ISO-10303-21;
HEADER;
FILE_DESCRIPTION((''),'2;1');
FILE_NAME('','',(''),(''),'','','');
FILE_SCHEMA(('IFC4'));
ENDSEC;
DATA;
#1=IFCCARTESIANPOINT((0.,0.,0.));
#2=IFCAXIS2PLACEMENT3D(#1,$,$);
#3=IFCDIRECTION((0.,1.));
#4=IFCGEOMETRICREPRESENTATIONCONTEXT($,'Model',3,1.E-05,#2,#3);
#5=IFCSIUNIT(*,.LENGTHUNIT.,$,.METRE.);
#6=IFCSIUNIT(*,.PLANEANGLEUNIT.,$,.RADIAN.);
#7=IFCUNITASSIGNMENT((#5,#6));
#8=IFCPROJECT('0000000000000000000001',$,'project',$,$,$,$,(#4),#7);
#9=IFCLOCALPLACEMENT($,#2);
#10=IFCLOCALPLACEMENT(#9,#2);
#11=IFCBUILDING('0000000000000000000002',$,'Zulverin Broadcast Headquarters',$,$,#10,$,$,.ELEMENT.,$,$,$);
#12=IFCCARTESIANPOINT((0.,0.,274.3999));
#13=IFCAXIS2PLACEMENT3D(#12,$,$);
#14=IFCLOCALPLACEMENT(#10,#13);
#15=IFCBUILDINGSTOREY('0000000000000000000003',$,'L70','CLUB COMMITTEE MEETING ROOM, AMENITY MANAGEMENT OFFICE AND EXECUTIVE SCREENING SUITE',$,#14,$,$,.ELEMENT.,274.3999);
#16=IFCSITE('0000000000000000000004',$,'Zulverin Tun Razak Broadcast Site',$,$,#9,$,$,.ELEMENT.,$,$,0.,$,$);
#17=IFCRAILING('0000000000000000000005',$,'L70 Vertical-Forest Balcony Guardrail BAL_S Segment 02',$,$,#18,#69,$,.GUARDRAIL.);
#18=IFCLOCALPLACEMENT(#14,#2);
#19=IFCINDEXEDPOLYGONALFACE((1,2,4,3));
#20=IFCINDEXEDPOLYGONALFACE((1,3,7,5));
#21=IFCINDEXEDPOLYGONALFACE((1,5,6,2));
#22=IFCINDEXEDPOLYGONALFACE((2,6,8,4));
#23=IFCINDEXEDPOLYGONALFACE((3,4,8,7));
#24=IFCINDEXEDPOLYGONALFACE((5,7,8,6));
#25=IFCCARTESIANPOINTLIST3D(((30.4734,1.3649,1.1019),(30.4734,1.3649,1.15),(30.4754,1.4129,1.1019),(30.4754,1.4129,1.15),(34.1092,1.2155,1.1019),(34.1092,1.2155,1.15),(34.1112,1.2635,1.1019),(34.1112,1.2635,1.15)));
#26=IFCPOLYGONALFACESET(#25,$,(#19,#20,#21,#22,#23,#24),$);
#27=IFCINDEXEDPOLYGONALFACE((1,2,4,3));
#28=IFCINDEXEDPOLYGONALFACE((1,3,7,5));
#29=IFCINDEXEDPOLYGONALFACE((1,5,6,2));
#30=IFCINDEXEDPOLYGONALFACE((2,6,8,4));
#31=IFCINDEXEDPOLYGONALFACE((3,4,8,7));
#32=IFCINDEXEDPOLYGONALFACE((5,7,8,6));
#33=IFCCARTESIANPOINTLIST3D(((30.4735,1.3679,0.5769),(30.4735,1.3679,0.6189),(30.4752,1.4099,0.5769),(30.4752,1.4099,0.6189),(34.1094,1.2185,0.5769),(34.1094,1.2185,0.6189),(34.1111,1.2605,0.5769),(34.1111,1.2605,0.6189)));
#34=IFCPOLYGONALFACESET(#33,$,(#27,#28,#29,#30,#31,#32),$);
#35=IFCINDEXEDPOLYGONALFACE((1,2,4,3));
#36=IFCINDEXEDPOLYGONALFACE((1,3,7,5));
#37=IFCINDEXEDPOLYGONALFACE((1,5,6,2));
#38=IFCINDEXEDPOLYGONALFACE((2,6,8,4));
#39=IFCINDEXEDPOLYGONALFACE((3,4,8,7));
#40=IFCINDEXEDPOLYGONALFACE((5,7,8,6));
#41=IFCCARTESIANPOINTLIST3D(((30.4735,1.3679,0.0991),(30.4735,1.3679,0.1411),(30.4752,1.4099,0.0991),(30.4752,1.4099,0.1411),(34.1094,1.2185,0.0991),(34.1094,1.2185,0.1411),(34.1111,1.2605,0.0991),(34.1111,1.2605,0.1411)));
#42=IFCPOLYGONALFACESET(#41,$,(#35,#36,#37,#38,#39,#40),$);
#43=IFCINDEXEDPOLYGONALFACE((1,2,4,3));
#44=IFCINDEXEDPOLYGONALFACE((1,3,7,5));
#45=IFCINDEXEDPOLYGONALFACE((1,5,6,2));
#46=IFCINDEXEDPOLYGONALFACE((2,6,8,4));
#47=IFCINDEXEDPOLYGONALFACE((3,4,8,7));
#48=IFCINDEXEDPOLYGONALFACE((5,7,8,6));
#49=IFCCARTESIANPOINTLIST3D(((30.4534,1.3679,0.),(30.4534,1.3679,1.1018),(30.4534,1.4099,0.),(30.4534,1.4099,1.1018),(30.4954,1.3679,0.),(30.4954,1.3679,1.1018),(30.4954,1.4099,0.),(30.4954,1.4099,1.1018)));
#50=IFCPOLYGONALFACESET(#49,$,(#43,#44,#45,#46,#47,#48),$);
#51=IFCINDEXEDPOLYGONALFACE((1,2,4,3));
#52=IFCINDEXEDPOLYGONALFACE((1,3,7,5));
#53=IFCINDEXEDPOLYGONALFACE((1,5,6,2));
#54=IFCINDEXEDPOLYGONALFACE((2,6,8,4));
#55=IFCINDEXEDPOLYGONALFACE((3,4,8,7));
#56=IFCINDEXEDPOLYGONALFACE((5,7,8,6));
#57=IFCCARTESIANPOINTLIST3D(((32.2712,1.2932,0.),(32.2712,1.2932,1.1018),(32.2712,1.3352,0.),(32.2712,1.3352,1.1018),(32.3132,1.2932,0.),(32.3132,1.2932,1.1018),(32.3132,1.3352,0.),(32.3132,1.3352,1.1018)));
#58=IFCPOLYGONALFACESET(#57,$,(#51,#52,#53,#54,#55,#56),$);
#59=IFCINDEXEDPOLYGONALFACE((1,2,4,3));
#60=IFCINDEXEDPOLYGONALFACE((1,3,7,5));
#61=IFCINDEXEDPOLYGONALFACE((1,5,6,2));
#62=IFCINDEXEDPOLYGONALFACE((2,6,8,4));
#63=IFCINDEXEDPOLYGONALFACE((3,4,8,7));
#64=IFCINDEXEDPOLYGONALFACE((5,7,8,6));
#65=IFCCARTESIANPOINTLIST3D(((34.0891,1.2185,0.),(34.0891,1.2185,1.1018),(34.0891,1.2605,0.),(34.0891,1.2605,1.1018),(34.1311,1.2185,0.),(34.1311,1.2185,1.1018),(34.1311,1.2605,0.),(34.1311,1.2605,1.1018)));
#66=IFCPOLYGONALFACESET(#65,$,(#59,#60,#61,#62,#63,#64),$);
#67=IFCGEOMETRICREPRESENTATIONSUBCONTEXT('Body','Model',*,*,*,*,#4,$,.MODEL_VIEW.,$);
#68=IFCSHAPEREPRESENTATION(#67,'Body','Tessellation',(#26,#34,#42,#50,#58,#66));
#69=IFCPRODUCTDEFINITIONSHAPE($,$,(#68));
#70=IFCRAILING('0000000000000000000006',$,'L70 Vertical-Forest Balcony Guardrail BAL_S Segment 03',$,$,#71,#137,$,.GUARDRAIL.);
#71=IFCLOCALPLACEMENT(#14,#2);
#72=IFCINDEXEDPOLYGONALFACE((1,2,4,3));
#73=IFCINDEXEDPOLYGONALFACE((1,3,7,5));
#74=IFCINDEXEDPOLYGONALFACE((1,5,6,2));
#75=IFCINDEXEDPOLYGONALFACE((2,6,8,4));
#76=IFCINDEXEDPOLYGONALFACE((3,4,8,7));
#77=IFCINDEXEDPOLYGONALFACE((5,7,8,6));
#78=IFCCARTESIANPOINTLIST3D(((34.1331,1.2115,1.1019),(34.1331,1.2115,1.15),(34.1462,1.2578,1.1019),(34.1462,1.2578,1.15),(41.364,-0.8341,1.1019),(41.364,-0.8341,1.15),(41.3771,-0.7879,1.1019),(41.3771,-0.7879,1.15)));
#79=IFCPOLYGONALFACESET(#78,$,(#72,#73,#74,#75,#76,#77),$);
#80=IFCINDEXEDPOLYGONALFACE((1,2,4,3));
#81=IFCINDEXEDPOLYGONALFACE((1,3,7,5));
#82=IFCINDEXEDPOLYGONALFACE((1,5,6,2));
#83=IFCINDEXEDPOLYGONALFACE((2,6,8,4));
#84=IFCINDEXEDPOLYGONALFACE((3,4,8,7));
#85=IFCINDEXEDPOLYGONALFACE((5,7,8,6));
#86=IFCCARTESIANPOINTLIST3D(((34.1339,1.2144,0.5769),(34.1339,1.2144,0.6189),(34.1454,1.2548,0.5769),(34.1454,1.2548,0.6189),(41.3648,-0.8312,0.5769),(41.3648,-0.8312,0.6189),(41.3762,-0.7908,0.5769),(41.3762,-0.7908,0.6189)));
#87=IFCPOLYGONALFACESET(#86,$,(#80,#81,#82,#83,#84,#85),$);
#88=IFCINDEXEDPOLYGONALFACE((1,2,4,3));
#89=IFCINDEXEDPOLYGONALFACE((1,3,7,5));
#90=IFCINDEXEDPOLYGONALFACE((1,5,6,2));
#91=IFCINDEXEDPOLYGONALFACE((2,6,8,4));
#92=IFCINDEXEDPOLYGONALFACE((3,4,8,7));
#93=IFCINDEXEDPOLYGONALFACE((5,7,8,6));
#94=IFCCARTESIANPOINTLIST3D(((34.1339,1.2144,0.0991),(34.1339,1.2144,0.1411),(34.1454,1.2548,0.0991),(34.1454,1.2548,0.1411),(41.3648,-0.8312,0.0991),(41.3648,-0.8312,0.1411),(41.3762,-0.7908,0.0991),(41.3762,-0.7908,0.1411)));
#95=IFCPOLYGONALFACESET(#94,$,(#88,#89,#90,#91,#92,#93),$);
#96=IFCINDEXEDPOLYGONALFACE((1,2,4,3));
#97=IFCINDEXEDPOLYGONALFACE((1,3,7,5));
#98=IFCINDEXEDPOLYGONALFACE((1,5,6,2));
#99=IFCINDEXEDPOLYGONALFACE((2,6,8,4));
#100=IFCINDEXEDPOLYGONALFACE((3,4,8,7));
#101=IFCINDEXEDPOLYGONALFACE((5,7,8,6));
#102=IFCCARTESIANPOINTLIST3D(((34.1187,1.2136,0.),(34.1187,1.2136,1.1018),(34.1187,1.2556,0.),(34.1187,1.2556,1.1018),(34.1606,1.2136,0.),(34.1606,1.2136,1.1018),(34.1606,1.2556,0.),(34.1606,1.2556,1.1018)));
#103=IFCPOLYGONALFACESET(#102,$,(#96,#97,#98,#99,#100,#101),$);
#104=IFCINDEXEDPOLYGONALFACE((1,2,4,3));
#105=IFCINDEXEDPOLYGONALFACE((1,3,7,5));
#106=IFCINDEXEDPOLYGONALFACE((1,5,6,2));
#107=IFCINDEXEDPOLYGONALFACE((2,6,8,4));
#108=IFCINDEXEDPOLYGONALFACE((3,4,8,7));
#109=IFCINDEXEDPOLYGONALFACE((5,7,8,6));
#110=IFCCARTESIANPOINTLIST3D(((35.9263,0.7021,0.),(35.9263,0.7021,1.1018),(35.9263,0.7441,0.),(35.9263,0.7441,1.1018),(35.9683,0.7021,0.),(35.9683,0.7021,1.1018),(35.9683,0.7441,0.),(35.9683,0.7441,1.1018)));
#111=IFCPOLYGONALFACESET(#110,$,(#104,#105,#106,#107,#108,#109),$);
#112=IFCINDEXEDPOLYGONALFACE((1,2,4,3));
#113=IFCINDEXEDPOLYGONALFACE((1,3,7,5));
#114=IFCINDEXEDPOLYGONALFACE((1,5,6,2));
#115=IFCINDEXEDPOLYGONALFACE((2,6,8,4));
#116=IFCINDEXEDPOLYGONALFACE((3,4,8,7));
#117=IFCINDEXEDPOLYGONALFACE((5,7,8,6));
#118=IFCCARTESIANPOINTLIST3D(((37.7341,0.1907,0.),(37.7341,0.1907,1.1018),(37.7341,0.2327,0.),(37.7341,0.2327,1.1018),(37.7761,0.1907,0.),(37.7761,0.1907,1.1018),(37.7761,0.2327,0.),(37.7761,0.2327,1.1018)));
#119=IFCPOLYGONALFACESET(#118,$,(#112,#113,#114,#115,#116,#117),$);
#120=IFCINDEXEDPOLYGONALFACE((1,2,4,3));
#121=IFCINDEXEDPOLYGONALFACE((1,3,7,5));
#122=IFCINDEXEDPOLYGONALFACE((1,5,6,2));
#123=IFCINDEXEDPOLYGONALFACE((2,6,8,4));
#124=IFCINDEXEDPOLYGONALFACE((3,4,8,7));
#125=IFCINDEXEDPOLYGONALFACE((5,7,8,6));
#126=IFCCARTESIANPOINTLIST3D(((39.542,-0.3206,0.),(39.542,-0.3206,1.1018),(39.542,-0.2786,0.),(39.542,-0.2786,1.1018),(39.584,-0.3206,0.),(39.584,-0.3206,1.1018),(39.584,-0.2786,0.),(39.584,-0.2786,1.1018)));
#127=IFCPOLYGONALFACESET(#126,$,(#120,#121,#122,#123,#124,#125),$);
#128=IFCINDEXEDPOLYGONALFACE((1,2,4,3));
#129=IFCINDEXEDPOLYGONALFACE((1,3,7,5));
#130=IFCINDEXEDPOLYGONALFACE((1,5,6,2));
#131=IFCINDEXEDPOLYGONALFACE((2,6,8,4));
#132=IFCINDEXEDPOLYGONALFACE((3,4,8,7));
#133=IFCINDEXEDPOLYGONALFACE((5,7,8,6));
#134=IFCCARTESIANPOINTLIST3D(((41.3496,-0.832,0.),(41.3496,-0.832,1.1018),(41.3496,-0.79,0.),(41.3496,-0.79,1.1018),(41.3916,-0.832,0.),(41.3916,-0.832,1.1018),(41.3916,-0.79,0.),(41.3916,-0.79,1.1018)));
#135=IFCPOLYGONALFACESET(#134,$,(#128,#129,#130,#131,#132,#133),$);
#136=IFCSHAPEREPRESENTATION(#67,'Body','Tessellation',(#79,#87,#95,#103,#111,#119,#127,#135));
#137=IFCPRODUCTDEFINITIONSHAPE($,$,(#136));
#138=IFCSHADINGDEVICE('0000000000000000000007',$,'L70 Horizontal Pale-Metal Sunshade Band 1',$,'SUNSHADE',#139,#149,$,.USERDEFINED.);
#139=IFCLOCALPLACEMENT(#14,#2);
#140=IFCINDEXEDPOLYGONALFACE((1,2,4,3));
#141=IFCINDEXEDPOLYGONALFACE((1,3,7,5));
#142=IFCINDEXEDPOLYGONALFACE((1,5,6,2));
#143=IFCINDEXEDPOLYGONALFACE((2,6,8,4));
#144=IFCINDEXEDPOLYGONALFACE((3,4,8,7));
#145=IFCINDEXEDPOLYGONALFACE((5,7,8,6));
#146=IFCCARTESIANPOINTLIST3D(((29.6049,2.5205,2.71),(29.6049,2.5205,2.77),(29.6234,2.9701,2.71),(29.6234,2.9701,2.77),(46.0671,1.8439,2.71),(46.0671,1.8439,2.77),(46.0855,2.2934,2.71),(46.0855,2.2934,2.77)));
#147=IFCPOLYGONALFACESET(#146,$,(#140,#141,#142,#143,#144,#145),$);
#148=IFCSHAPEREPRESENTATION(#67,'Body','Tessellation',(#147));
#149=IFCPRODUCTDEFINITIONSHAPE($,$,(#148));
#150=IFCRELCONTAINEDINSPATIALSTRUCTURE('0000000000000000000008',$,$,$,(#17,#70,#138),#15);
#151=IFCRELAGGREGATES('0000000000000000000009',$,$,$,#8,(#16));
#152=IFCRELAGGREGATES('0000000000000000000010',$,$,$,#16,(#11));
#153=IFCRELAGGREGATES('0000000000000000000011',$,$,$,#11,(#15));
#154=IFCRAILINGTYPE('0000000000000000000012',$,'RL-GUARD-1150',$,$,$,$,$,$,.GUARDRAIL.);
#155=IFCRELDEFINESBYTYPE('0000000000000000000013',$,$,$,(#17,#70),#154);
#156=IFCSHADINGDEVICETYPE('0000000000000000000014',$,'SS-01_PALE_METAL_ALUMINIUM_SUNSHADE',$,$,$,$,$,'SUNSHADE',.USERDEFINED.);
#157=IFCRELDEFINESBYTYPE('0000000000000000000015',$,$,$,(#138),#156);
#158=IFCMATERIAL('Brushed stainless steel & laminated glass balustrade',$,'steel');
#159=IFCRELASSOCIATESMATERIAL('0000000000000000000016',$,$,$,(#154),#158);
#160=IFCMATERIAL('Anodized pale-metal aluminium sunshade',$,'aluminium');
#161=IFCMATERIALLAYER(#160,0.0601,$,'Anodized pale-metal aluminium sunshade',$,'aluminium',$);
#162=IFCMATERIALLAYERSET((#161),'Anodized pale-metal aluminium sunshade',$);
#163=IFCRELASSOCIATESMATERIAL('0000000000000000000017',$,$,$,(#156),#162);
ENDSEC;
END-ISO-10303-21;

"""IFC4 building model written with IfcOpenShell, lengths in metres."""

from ifc_helpers import new_model, si_unit, direction, frame, origin, origin_2d, place, context, subcontext, project, spatial, rectangle, extrude, material, layer, layer_set, type_object, element, save


model = new_model("IFC4")

# Units and contexts
model_context = context("Model", 3, precision=1e-05, world=origin(), true_north=direction((0.0, 1.0)))
body_context = subcontext(model_context, "Body", "Model", "MODEL_VIEW")
ifc_project = project(units=[si_unit("LENGTHUNIT", "METRE"), si_unit("PLANEANGLEUNIT", "RADIAN")], contexts=[model_context])

# Site, building, storey
site_placement = place(None, origin())
site = spatial("IfcSite", under=ifc_project, at=site_placement, Name="Zulverin Tun Razak Broadcast Site", CompositionType="ELEMENT", RefElevation=0.0)
building_placement = place(site_placement, origin())
building = spatial("IfcBuilding", under=site, at=building_placement, Name="Zulverin Broadcast Headquarters", CompositionType="ELEMENT")
storey_placement = place(building_placement, frame((0.0, 0.0, 274.3999)))
storey = spatial("IfcBuildingStorey", under=building, at=storey_placement, Name="L70", Description="CLUB COMMITTEE MEETING ROOM, AMENITY MANAGEMENT OFFICE AND EXECUTIVE SCREENING SUITE", CompositionType="ELEMENT", Elevation=274.3999)

# Railings
ifc_material_1 = material(Name="Brushed stainless steel & laminated glass balustrade", Category="steel")
railing_type = type_object("IfcRailingType", Name="RL-GUARD-1150", PredefinedType="GUARDRAIL", material=ifc_material_1)
railing_1_placement = place(storey_placement, frame((30.4744, 1.3889, 0.0)))
element("IfcRailing", 1, at=railing_1_placement, inside=storey, type_object=railing_type, Name="L70 Vertical-Forest Balcony Guardrail BAL_S Segment 02", PredefinedType="GUARDRAIL", context=body_context, shape_type="SweptSolid", body=[
    extrude(rectangle(XDim=0.0481, YDim=0.0481, at=origin_2d()), frame((0.0, 0.0, 1.126), z_axis=(0.999157, -0.041061, 0.0), x_axis=(0.041061, 0.999157, 0.0)), (0.0, 0.0, 1.0), 3.6389),
    extrude(rectangle(XDim=0.042, YDim=0.042, at=origin_2d()), frame((0.0, 0.0, 0.5979), z_axis=(0.999157, -0.041061, 0.0), x_axis=(0.041061, 0.999157, 0.0)), (0.0, 0.0, 1.0), 3.6389),
    extrude(rectangle(XDim=0.042, YDim=0.042, at=origin_2d()), frame((0.0, 0.0, 0.1201), z_axis=(0.999157, -0.041061, 0.0), x_axis=(0.041061, 0.999157, 0.0)), (0.0, 0.0, 1.0), 3.6389),
    extrude(rectangle(XDim=0.042, YDim=0.042, at=origin_2d()), origin(), (0.0, 0.0, 1.0), 1.1018),
    extrude(rectangle(XDim=0.042, YDim=0.042, at=origin_2d()), frame((1.8179, -0.0747, 0.0)), (0.0, 0.0, 1.0), 1.1018),
    extrude(rectangle(XDim=0.042, YDim=0.042, at=origin_2d()), frame((3.6357, -0.1494, 0.0)), (0.0, 0.0, 1.0), 1.1018),
])
railing_2_placement = place(storey_placement, frame((34.1396, 1.2346, 0.0)))
element("IfcRailing", 2, at=railing_2_placement, inside=storey, type_object=railing_type, Name="L70 Vertical-Forest Balcony Guardrail BAL_S Segment 03", PredefinedType="GUARDRAIL", context=body_context, shape_type="SweptSolid", body=[
    extrude(rectangle(XDim=0.0481, YDim=0.0481, at=origin_2d()), frame((0.0, 0.0, 1.126), z_axis=(0.962235, -0.272219, 0.0), x_axis=(0.272219, 0.962235, 0.0)), (0.0, 0.0, 1.0), 7.5146),
    extrude(rectangle(XDim=0.042, YDim=0.042, at=origin_2d()), frame((0.0, 0.0, 0.5979), z_axis=(0.962235, -0.272219, 0.0), x_axis=(0.272219, 0.962235, 0.0)), (0.0, 0.0, 1.0), 7.5146),
    extrude(rectangle(XDim=0.042, YDim=0.042, at=origin_2d()), frame((0.0, 0.0, 0.1201), z_axis=(0.962235, -0.272219, 0.0), x_axis=(0.272219, 0.962235, 0.0)), (0.0, 0.0, 1.0), 7.5146),
    extrude(rectangle(XDim=0.042, YDim=0.042, at=origin_2d()), origin(), (0.0, 0.0, 1.0), 1.1018),
    extrude(rectangle(XDim=0.042, YDim=0.042, at=origin_2d()), frame((1.8076, -0.5115, 0.0)), (0.0, 0.0, 1.0), 1.1018),
    extrude(rectangle(XDim=0.042, YDim=0.042, at=origin_2d()), frame((3.6155, -1.0229, 0.0)), (0.0, 0.0, 1.0), 1.1018),
    extrude(rectangle(XDim=0.042, YDim=0.042, at=origin_2d()), frame((5.4233, -1.5342, 0.0)), (0.0, 0.0, 1.0), 1.1018),
    extrude(rectangle(XDim=0.042, YDim=0.042, at=origin_2d()), frame((7.231, -2.0457, 0.0)), (0.0, 0.0, 1.0), 1.1018),
])

# Shading device
ifc_material_2 = material(Name="Anodized pale-metal aluminium sunshade", Category="aluminium")
ifc_layer_1 = layer(ifc_material_2, 0.0601, Name="Anodized pale-metal aluminium sunshade", Category="aluminium")
ifc_layer_set_1 = layer_set([ifc_layer_1], Name="Anodized pale-metal aluminium sunshade")
shading_device_type = type_object("IfcShadingDeviceType", Name="SS-01_PALE_METAL_ALUMINIUM_SUNSHADE", ElementType="SUNSHADE", PredefinedType="USERDEFINED", material=ifc_layer_set_1)
shading_device_placement = place(storey_placement, frame((37.8452, 2.407, 2.71), z_axis=(0.0, 0.0, 1.0), x_axis=(0.999156, -0.04107, 0.0)))
element("IfcShadingDevice", 3, at=shading_device_placement, inside=storey, type_object=shading_device_type, Name="L70 Horizontal Pale-Metal Sunshade Band 1", ObjectType="SUNSHADE", PredefinedType="USERDEFINED", context=body_context, shape_type="SweptSolid", body=[
    extrude(rectangle(XDim=16.4761, YDim=0.45, at=origin_2d()), origin(), (0.0, 0.0, 1.0), 0.0601),
])

save(model, "model.ifc")
